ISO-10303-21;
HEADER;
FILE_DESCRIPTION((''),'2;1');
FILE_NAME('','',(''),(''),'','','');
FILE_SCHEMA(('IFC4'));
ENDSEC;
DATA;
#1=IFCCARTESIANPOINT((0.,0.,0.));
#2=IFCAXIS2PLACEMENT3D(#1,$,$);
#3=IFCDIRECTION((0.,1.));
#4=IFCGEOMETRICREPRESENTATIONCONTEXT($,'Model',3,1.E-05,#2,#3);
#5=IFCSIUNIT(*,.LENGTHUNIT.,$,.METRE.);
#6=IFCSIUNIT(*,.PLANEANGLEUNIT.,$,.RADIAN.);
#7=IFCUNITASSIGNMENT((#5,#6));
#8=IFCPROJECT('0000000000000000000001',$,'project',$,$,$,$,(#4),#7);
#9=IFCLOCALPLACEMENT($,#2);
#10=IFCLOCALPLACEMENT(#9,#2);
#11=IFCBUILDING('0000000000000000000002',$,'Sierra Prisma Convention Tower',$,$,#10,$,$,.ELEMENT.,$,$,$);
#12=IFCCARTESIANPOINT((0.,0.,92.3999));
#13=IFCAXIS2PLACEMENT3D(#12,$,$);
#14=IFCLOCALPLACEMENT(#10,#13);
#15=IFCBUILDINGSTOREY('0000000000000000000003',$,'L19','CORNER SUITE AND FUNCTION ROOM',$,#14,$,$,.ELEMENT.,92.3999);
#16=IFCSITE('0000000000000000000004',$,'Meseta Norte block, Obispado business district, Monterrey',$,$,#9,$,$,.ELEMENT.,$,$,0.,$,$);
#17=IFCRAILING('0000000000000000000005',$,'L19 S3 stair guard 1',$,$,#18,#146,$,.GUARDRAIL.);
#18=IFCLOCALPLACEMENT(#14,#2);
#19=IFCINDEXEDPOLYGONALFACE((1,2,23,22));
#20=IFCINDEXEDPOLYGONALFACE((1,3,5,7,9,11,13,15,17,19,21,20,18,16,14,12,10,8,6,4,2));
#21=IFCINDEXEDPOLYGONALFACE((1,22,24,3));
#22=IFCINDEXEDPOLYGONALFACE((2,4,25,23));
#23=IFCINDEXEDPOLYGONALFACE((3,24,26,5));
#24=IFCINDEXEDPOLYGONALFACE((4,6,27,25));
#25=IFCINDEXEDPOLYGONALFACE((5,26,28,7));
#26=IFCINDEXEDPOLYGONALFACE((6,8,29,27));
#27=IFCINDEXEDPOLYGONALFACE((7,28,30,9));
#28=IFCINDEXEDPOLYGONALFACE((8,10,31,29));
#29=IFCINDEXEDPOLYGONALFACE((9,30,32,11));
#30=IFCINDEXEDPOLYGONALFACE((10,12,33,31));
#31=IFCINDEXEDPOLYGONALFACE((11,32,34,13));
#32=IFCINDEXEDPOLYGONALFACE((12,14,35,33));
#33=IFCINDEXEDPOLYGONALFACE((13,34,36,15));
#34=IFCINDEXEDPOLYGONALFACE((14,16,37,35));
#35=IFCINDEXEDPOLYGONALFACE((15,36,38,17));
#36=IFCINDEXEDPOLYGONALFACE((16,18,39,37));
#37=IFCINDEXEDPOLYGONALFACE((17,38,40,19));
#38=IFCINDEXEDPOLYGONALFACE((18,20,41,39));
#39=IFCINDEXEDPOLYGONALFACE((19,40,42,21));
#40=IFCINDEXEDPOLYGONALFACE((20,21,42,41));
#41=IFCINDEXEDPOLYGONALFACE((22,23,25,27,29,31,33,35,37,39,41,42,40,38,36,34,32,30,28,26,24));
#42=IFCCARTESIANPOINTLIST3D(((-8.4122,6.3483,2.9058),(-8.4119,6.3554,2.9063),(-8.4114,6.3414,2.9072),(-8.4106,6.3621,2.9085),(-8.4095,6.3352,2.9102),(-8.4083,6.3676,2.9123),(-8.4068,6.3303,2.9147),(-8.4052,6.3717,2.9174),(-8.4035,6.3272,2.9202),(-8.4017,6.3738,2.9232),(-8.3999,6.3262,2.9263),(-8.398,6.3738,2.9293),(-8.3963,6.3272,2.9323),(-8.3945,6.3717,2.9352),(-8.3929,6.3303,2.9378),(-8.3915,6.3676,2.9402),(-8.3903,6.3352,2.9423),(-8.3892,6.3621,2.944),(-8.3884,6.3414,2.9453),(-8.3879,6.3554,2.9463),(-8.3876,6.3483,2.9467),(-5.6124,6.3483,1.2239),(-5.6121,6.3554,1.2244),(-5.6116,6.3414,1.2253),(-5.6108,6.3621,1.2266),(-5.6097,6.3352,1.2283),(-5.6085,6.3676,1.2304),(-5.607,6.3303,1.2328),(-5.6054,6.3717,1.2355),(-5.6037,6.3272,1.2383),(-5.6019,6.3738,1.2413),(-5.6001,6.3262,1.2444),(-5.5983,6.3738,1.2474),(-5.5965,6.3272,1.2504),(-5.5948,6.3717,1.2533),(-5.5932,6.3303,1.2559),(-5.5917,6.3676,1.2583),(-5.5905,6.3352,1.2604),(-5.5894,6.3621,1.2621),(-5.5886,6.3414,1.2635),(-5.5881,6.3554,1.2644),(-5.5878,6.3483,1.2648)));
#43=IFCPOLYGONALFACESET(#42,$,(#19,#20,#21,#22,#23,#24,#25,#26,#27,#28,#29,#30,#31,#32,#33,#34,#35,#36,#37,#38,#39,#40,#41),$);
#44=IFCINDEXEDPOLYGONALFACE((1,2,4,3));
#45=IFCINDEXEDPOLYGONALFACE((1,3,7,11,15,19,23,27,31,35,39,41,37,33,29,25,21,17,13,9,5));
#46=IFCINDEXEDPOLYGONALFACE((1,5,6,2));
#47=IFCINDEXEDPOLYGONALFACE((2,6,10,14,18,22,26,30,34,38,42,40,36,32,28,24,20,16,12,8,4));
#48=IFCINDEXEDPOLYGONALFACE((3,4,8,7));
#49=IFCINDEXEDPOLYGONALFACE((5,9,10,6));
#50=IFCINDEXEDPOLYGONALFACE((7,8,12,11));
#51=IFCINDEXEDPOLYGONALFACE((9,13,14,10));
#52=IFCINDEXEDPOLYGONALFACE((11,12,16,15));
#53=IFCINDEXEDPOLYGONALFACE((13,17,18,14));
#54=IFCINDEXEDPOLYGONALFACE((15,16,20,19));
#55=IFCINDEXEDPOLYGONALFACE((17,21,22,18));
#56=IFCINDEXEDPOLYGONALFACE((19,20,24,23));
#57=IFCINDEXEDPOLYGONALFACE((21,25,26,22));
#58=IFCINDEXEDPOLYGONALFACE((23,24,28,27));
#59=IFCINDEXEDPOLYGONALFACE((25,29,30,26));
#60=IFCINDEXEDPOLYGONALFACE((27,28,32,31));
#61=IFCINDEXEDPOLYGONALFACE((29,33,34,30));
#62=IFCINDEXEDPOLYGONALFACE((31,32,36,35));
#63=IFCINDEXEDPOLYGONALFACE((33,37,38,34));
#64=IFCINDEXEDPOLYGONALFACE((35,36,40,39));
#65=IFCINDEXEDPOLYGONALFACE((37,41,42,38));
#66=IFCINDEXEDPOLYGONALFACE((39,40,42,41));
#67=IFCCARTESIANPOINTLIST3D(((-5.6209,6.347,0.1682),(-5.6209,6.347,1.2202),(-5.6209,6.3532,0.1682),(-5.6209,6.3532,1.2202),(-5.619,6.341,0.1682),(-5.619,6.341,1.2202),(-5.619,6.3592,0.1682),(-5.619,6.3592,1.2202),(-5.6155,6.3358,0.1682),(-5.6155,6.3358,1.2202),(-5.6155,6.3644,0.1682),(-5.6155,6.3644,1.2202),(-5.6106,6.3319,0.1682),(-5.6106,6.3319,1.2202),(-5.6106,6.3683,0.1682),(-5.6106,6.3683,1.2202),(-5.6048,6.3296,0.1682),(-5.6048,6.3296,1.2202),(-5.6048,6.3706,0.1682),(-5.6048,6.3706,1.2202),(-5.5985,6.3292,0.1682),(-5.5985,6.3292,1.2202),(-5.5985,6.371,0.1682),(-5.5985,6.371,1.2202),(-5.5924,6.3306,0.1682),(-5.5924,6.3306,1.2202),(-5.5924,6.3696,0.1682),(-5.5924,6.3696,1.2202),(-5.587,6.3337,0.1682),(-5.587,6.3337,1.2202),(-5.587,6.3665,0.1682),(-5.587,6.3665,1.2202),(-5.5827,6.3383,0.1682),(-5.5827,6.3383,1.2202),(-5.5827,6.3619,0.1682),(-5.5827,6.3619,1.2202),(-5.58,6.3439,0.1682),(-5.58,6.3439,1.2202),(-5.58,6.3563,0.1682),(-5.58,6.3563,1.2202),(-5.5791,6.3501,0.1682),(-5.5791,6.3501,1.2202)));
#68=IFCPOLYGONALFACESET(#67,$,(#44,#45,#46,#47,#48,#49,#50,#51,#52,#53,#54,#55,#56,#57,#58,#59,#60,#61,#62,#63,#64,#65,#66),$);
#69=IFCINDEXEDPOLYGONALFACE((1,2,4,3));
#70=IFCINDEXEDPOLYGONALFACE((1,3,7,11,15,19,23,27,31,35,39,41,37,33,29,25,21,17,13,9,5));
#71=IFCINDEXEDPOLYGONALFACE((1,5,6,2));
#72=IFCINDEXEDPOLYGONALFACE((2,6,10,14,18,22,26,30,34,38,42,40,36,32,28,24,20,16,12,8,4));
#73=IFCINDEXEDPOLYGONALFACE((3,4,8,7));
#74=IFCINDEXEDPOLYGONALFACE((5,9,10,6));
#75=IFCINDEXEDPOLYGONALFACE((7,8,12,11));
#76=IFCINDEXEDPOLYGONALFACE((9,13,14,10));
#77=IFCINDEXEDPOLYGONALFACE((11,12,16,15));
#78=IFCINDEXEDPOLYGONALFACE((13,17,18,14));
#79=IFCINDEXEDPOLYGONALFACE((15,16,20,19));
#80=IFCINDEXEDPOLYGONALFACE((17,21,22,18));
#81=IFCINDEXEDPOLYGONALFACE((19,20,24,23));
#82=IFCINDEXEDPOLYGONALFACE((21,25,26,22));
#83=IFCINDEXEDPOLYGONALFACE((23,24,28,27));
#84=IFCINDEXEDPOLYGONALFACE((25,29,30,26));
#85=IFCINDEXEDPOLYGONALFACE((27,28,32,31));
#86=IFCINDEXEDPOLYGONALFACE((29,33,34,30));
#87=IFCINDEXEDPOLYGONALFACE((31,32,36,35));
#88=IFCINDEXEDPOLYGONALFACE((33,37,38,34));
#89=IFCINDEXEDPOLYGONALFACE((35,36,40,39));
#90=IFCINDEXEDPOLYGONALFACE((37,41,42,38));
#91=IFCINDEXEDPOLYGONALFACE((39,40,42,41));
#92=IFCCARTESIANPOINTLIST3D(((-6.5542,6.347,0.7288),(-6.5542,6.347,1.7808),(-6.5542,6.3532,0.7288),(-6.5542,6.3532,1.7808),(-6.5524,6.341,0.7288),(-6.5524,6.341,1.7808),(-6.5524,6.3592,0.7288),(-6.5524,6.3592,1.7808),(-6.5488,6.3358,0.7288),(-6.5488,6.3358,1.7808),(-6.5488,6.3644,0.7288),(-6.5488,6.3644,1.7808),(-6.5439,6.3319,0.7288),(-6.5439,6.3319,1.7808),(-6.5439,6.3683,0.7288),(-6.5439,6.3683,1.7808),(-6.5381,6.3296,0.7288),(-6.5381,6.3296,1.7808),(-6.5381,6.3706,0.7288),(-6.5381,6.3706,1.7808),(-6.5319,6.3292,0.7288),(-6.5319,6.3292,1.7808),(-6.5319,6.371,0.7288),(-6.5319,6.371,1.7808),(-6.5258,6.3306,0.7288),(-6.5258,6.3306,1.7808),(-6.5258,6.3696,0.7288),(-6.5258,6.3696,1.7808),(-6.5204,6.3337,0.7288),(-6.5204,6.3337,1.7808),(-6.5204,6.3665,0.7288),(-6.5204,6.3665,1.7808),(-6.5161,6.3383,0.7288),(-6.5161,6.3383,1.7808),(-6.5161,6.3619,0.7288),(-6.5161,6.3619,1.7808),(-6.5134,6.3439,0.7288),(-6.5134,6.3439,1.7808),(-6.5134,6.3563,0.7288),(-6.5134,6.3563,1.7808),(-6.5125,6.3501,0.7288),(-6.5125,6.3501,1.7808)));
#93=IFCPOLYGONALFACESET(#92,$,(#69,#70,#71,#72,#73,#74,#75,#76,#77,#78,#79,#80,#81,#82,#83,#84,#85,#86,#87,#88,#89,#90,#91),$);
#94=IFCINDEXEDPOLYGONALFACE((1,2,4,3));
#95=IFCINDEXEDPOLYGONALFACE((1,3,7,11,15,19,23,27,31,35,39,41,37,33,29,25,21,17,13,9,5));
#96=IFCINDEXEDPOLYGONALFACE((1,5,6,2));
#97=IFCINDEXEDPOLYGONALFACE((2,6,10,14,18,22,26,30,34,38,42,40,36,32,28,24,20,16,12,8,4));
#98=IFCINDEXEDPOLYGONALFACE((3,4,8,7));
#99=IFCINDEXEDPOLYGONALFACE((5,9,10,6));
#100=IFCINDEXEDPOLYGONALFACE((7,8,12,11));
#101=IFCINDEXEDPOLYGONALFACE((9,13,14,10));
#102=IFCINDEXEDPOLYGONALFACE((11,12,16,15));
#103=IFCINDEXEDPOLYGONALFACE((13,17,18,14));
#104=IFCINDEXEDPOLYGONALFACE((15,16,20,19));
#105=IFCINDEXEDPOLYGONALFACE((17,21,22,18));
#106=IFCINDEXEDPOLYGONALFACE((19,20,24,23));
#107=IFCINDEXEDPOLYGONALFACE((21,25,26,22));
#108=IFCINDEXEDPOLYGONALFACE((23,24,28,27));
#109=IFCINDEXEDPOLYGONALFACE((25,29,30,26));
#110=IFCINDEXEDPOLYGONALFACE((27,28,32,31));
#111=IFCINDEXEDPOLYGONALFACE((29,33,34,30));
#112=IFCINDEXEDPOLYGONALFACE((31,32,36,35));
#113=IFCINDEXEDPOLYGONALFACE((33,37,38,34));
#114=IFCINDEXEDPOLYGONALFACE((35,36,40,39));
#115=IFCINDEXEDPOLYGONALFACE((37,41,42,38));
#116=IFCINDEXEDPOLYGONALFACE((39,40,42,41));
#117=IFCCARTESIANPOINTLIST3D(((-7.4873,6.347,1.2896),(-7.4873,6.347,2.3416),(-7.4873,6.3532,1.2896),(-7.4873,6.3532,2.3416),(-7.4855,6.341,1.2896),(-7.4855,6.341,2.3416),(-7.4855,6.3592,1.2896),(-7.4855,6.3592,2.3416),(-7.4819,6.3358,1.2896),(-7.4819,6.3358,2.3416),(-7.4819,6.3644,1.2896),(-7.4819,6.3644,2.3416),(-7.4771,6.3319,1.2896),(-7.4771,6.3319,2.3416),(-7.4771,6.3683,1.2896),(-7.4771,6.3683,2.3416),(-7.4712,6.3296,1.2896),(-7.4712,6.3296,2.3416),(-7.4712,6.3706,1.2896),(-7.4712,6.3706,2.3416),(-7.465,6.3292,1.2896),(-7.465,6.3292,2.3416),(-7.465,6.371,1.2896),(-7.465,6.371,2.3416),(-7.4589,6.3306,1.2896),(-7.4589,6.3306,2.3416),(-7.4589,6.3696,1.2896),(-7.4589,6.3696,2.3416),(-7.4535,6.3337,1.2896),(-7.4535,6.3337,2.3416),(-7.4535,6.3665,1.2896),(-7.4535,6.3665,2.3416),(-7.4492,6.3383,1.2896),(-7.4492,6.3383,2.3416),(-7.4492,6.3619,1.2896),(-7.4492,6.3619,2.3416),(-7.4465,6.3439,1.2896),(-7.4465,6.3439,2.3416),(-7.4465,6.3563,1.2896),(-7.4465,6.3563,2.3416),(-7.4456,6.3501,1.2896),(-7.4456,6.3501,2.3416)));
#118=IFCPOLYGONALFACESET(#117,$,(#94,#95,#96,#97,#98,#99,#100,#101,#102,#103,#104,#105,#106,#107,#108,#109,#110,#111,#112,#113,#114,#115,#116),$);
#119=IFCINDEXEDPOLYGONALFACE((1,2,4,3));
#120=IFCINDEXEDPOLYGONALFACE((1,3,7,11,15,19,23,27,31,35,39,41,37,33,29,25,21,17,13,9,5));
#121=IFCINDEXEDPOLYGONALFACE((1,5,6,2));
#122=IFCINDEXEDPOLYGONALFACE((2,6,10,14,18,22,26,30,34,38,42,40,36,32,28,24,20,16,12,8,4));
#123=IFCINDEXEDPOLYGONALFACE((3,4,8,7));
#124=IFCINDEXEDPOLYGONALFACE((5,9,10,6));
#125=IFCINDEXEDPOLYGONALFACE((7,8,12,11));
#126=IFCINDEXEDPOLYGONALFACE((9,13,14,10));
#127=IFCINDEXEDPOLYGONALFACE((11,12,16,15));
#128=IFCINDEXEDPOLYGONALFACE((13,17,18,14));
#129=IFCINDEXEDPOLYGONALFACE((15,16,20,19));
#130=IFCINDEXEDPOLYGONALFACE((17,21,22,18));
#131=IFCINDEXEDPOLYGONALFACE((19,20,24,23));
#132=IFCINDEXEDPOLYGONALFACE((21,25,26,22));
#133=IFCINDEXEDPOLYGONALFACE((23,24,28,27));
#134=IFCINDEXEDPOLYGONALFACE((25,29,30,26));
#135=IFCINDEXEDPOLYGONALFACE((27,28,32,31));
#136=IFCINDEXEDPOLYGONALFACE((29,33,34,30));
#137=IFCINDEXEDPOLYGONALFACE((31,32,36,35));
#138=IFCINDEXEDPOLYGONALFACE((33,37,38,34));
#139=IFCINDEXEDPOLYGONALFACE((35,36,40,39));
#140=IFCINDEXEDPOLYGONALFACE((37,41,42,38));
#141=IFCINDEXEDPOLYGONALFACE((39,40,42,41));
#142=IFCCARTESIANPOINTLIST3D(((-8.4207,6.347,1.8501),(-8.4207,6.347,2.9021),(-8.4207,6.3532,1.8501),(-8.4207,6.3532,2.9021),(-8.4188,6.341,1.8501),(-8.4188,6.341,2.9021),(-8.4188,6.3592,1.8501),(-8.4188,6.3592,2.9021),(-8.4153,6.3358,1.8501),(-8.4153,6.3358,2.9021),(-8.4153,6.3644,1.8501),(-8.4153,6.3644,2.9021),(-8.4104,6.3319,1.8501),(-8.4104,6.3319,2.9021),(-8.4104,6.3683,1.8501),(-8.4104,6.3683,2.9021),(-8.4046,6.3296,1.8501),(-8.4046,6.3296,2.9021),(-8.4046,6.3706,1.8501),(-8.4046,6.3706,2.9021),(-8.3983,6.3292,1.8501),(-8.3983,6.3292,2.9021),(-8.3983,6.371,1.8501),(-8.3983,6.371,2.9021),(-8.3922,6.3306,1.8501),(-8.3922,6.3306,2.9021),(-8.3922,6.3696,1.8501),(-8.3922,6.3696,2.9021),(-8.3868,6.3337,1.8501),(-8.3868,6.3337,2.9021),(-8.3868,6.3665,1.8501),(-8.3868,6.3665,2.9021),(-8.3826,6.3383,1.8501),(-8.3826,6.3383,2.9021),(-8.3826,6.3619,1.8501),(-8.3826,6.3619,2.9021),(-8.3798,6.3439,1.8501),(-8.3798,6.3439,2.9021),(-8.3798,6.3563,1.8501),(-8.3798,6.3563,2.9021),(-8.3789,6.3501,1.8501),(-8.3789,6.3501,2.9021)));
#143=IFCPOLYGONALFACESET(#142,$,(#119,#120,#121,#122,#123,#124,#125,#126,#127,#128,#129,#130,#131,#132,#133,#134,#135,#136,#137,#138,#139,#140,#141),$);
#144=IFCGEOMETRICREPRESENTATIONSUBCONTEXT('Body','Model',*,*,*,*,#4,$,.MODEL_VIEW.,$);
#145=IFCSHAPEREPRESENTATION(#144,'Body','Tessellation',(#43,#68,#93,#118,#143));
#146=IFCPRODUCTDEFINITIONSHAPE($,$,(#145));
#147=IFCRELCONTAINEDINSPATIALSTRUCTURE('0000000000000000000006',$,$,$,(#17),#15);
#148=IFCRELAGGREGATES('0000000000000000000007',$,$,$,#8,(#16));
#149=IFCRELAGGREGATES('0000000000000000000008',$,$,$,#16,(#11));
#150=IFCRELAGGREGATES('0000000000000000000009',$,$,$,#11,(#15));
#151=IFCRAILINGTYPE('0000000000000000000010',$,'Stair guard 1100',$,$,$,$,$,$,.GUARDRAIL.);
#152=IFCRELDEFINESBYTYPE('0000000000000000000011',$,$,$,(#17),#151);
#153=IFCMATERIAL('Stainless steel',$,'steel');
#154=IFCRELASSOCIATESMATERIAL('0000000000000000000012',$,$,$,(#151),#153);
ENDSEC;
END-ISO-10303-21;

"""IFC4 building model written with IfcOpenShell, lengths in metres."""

from ifc_helpers import new_model, si_unit, direction, frame, origin, origin_2d, place, context, subcontext, project, spatial, circle, extrude, material, type_object, element, save


model = new_model("IFC4")

# Units and contexts
model_context = context("Model", 3, precision=1e-05, world=origin(), true_north=direction((0.0, 1.0)))
body_context = subcontext(model_context, "Body", "Model", "MODEL_VIEW")
ifc_project = project(units=[si_unit("LENGTHUNIT", "METRE"), si_unit("PLANEANGLEUNIT", "RADIAN")], contexts=[model_context])

# Site, building, storey
site_placement = place(None, origin())
site = spatial("IfcSite", under=ifc_project, at=site_placement, Name="Meseta Norte block, Obispado business district, Monterrey", CompositionType="ELEMENT", RefElevation=0.0)
building_placement = place(site_placement, origin())
building = spatial("IfcBuilding", under=site, at=building_placement, Name="Sierra Prisma Convention Tower", CompositionType="ELEMENT")
storey_placement = place(building_placement, frame((0.0, 0.0, 92.3999)))
storey = spatial("IfcBuildingStorey", under=building, at=storey_placement, Name="L19", Description="CORNER SUITE AND FUNCTION ROOM", CompositionType="ELEMENT", Elevation=92.3999)

# Railing
ifc_material_1 = material(Name="Stainless steel", Category="steel")
railing_type_1 = type_object("IfcRailingType", Name="Stair guard 1100", PredefinedType="GUARDRAIL", material=ifc_material_1)
railing_1_placement = place(storey_placement, frame((-5.6001, 6.3501, 0.1682)))
element("IfcRailing", 1, at=railing_1_placement, inside=storey, type_object=railing_type_1, Name="L19 S3 stair guard 1", PredefinedType="GUARDRAIL", context=body_context, shape_type="SweptSolid", body=[
    extrude(circle(Radius=0.0239, at=origin_2d()), frame((0.0, 0.0, 1.0762), z_axis=(-0.857222, 0.0, 0.514946), x_axis=(0.0, -1.0, 0.0)), (0.0, 0.0, 1.0), 3.2661),
    extrude(circle(Radius=0.021, at=origin_2d()), origin(), (0.0, 0.0, 1.0), 1.052),
    extrude(circle(Radius=0.021, at=origin_2d()), frame((-0.9333, 0.0, 0.5605)), (0.0, 0.0, 1.0), 1.052),
    extrude(circle(Radius=0.021, at=origin_2d()), frame((-1.8665, 0.0, 1.1213)), (0.0, 0.0, 1.0), 1.052),
    extrude(circle(Radius=0.021, at=origin_2d()), frame((-2.7998, 0.0, 1.6819)), (0.0, 0.0, 1.0), 1.052),
])

save(model, "model.ifc")
